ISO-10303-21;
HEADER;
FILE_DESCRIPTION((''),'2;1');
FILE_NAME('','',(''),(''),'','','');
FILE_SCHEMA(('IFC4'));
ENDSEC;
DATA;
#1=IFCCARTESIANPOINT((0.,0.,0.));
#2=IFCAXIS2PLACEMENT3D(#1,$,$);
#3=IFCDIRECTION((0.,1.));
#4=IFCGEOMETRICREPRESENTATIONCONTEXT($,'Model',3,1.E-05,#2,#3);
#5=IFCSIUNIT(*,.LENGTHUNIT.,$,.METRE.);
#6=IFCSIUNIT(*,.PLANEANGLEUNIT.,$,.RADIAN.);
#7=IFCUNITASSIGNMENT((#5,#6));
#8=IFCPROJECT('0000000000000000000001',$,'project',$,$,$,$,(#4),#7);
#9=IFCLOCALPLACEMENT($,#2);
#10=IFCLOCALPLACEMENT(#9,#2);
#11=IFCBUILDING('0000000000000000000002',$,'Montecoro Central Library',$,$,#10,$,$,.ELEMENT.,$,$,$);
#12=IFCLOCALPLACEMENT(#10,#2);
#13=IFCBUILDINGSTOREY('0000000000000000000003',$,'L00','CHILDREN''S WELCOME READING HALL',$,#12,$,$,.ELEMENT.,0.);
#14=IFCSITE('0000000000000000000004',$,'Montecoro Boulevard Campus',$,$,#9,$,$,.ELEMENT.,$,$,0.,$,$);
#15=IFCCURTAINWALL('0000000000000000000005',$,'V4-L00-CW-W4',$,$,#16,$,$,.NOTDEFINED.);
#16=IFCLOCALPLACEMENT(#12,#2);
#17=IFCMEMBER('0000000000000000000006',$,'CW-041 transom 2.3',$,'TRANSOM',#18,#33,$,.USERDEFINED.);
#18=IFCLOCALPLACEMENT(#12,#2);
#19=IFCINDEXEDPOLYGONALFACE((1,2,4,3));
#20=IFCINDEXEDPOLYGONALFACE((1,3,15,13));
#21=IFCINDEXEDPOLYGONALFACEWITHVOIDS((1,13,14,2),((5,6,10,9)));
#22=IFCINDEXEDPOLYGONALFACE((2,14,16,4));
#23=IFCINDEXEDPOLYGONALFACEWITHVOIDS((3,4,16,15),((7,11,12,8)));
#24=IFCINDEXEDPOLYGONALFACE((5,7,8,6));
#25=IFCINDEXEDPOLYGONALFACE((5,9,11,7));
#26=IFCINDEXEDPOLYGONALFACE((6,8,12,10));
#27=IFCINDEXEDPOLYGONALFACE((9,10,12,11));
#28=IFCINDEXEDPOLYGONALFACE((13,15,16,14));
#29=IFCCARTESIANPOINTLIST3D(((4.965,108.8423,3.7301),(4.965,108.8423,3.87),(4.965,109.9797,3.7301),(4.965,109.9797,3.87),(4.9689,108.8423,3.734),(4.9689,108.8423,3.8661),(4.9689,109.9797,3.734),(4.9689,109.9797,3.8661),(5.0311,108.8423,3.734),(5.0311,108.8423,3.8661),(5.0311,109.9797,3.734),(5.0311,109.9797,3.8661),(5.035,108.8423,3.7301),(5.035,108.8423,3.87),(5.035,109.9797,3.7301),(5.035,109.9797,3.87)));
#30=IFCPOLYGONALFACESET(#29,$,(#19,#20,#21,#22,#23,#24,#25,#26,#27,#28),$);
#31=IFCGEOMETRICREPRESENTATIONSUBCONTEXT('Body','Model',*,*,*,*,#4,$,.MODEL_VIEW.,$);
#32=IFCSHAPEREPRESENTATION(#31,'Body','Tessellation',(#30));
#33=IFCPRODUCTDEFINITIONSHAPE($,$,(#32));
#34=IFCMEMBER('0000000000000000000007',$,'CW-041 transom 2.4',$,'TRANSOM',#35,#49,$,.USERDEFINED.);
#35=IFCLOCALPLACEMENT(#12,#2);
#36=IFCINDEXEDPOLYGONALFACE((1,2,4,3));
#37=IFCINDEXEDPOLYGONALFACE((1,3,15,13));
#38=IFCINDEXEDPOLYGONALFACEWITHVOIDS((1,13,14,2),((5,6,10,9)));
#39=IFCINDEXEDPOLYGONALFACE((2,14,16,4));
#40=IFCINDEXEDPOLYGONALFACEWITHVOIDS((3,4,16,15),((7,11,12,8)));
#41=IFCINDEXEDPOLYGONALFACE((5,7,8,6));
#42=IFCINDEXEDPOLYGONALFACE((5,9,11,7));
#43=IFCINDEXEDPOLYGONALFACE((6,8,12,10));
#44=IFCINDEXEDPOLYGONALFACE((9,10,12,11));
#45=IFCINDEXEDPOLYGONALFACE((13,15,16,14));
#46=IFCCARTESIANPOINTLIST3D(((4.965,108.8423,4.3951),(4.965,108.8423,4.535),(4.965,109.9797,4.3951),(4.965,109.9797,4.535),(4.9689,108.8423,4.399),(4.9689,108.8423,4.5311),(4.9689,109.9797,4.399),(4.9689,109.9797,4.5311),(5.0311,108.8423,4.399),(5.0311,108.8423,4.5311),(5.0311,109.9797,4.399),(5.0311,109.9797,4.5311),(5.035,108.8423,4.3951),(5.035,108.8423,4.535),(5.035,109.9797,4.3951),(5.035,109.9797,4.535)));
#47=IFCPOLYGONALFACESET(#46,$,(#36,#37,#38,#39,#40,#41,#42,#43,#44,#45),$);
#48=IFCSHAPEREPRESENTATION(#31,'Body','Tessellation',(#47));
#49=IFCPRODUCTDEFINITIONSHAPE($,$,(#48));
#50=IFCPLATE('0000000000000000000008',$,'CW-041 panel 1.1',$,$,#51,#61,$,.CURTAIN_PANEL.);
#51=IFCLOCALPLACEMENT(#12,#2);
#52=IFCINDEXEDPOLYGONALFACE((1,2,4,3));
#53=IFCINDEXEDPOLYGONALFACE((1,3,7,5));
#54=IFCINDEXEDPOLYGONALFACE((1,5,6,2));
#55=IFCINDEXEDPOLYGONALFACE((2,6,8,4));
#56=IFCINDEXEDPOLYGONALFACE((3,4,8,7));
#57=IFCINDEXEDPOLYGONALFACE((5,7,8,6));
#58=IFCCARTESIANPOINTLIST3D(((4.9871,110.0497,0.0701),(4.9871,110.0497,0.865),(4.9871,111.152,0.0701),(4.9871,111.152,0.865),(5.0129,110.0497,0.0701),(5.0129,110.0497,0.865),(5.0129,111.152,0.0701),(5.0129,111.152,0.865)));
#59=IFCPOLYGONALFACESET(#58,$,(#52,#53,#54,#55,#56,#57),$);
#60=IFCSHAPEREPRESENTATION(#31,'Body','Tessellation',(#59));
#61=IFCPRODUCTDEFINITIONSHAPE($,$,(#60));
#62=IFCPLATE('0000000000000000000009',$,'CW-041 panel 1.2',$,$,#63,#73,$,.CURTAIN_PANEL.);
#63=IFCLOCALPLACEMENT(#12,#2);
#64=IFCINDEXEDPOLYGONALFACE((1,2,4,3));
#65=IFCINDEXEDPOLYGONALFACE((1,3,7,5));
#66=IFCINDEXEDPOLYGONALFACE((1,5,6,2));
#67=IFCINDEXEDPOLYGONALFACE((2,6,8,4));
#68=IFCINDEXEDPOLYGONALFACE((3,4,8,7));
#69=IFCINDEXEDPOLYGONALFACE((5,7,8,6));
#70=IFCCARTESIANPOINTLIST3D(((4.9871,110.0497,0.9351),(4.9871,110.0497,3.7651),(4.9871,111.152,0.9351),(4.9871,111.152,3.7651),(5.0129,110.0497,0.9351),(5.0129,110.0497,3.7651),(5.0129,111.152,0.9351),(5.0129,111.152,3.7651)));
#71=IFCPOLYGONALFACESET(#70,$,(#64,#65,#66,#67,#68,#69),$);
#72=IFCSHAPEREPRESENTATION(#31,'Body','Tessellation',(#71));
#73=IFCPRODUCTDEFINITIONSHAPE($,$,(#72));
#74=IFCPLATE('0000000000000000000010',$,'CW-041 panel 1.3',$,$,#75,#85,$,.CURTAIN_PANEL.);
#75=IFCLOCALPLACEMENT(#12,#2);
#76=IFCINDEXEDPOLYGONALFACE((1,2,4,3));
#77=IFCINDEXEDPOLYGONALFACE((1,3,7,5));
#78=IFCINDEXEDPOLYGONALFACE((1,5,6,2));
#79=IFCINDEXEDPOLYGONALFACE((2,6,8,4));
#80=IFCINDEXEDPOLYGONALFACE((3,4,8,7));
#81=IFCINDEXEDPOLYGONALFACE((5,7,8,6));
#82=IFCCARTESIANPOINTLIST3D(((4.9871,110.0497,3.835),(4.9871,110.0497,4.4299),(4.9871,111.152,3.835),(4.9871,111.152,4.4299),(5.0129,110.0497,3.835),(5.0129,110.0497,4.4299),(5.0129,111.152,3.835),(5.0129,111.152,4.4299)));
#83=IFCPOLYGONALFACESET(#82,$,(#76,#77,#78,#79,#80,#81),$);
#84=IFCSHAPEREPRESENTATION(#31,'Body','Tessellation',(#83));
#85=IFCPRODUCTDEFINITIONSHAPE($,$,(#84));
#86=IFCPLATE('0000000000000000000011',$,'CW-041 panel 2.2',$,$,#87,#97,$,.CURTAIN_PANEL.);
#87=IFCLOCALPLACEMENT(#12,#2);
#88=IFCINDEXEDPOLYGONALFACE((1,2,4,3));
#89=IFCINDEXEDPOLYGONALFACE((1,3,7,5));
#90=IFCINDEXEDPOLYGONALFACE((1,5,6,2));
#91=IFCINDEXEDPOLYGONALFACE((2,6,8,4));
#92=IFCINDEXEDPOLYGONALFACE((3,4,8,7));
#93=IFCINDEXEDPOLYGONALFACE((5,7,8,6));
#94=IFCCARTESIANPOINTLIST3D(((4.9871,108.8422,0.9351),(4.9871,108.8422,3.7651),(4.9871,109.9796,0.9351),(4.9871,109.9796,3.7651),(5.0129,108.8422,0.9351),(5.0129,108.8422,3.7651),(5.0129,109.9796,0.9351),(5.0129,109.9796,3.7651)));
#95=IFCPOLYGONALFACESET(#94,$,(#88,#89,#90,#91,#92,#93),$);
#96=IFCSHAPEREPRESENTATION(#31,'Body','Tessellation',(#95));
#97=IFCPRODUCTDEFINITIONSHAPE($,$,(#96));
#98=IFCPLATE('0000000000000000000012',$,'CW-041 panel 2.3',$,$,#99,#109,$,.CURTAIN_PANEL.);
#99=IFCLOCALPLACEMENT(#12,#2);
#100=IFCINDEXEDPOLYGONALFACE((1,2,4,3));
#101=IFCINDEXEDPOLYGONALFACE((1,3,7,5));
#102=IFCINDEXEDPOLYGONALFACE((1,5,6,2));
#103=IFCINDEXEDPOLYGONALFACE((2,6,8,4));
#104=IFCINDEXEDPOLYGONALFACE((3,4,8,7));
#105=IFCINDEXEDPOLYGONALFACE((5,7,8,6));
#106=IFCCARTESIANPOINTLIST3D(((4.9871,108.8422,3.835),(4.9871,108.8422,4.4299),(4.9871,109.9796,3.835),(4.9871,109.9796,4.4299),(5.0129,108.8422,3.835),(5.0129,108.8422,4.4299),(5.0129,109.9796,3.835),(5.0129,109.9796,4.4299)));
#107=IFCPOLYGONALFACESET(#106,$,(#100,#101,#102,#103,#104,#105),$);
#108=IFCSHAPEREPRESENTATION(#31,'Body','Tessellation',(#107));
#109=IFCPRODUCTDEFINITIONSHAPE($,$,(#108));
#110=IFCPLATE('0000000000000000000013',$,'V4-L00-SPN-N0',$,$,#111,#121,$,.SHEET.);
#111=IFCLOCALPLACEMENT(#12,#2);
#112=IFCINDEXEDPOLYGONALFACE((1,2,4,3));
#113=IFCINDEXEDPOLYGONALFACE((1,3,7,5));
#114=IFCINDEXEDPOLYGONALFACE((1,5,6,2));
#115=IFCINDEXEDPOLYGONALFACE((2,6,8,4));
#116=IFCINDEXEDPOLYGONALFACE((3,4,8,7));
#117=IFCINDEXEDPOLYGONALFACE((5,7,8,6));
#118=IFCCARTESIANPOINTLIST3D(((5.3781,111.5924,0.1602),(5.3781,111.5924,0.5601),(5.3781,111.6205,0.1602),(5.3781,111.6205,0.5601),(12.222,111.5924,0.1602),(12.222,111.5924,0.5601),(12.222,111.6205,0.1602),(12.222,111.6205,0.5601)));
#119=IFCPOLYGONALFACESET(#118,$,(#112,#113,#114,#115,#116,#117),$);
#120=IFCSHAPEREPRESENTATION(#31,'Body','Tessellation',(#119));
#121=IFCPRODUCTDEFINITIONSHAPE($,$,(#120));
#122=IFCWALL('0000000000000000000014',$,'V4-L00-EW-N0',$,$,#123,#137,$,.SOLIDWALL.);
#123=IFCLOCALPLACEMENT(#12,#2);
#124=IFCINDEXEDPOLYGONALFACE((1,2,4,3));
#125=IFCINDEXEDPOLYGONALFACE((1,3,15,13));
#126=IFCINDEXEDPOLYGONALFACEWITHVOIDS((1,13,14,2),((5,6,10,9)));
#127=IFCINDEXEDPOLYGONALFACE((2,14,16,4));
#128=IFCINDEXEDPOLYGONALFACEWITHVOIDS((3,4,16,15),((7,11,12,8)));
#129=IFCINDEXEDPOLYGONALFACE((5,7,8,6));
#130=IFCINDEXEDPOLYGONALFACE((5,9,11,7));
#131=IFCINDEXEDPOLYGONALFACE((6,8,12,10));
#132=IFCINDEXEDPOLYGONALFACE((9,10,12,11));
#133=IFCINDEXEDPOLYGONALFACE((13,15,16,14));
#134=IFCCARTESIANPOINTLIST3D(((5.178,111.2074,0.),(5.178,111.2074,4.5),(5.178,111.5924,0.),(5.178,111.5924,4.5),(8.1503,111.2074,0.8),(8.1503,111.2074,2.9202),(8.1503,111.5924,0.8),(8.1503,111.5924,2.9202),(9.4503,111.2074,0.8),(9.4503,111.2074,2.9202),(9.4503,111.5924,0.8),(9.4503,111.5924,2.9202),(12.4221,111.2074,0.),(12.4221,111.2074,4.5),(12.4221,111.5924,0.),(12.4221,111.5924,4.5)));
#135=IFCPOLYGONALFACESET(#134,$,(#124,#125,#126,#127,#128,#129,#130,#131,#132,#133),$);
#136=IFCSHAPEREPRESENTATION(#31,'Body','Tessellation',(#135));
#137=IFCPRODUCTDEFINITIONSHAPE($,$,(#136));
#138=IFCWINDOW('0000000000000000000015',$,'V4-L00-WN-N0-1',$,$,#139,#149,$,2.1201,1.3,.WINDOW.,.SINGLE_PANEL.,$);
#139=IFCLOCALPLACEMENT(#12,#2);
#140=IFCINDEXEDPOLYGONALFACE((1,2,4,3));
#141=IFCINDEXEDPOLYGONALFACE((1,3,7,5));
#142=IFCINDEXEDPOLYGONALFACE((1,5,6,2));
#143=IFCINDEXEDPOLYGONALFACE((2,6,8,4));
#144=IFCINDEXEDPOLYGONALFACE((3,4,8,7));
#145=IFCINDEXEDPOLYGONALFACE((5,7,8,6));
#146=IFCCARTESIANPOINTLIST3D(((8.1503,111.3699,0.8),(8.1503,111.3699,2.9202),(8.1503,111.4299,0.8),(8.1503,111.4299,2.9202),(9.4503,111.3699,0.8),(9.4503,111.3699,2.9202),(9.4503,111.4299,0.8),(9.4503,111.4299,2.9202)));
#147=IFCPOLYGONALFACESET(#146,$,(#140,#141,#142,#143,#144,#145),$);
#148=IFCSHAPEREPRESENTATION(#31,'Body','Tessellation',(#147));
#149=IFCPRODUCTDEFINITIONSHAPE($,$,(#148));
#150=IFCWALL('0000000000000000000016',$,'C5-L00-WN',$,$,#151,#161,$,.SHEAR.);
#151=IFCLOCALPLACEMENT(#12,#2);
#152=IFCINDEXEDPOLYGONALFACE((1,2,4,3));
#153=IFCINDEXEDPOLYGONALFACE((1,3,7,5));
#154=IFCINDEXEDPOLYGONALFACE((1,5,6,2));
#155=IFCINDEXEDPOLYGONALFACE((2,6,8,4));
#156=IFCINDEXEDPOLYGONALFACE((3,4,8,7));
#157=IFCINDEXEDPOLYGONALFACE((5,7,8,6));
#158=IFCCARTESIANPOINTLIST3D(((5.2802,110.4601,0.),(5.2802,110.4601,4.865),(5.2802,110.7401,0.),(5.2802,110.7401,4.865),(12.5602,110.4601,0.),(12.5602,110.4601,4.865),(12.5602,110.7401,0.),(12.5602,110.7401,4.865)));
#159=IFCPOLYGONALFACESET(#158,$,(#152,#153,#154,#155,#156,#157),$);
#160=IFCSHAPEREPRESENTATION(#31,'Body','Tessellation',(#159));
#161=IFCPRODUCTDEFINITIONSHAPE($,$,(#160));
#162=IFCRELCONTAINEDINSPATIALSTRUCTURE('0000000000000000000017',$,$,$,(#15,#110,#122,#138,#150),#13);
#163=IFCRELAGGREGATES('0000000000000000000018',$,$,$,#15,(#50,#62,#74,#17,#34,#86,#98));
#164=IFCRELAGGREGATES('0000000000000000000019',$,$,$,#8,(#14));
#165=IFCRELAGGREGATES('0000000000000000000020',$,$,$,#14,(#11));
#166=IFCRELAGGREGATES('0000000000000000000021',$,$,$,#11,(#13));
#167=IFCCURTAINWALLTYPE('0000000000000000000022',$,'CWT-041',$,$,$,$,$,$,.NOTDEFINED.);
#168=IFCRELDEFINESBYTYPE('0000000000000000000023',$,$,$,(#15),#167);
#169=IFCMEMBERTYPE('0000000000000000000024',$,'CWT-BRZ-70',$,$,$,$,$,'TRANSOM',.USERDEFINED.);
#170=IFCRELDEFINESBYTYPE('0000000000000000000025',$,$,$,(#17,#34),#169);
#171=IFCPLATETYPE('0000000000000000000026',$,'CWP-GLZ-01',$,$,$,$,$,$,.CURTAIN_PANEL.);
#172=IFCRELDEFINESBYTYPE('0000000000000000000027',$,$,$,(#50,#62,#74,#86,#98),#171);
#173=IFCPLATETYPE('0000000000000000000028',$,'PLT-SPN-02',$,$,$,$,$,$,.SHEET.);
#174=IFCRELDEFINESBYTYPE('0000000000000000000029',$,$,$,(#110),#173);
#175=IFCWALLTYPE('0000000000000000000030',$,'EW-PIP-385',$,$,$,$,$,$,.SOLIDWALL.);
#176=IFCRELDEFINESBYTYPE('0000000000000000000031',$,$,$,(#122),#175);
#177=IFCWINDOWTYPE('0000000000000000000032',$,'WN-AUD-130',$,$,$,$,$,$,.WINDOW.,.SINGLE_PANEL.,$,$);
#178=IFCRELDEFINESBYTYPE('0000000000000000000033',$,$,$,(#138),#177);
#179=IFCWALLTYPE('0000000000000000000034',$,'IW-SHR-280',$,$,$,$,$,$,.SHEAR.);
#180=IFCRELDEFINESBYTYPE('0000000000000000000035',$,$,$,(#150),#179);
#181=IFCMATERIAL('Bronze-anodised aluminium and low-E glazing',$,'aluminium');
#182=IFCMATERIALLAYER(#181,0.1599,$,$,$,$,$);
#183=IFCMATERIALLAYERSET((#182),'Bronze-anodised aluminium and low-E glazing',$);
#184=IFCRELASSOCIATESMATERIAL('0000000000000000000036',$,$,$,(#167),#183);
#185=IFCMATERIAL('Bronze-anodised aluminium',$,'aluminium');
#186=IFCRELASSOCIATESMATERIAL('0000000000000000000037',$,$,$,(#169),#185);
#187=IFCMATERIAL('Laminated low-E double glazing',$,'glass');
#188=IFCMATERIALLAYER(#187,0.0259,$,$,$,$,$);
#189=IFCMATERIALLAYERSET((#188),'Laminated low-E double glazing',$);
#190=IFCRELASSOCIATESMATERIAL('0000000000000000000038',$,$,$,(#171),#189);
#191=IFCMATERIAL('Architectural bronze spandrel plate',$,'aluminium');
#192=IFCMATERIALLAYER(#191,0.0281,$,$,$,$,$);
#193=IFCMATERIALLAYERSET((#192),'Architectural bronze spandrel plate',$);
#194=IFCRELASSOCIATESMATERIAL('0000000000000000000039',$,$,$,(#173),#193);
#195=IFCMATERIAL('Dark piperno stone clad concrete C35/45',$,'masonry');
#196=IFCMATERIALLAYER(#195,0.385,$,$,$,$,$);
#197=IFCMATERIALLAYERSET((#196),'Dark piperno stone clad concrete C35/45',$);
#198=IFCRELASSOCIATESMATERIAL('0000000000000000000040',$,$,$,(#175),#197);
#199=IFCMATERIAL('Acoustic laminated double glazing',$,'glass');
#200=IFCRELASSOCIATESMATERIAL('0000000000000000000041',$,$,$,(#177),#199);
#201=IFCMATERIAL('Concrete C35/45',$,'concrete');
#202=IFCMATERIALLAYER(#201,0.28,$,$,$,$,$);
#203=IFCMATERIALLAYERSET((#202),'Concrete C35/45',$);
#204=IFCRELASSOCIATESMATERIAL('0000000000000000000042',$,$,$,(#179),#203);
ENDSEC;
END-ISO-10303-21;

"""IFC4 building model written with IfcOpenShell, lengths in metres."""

from ifc_helpers import new_model, si_unit, direction, frame, frame_2d, origin, origin_2d, place, context, subcontext, project, spatial, rectangle, hollow_rectangle, extrude, material, layer, layer_set, material_profile, profile_set, type_object, element, fill, aggregate, save


model = new_model("IFC4")

# Units and contexts
model_context = context("Model", 3, precision=1e-05, world=origin(), true_north=direction((0.0, 1.0)))
body_context = subcontext(model_context, "Body", "Model", "MODEL_VIEW")
ifc_project = project(units=[si_unit("LENGTHUNIT", "METRE"), si_unit("PLANEANGLEUNIT", "RADIAN")], contexts=[model_context])

# Site, building, storey
site_placement = place(None, origin())
site = spatial("IfcSite", under=ifc_project, at=site_placement, Name="Montecoro Boulevard Campus", CompositionType="ELEMENT", RefElevation=0.0)
building_placement = place(site_placement, origin())
building = spatial("IfcBuilding", under=site, at=building_placement, Name="Montecoro Central Library", CompositionType="ELEMENT")
storey_placement = place(building_placement, origin())
storey = spatial("IfcBuildingStorey", under=building, at=storey_placement, Name="L00", Description="CHILDREN'S WELCOME READING HALL", CompositionType="ELEMENT", Elevation=0.0)

# Curtain wall, members, plates
ifc_material_1 = material(Name="Bronze-anodised aluminium and low-E glazing", Category="aluminium")
ifc_layer_1 = layer(ifc_material_1, 0.1599)
ifc_layer_set_1 = layer_set([ifc_layer_1], Name="Bronze-anodised aluminium and low-E glazing")
curtain_wall_type = type_object("IfcCurtainWallType", Name="CWT-041", PredefinedType="NOTDEFINED", material=ifc_layer_set_1)
curtain_wall_placement = place(storey_placement, origin())
curtain_wall = element("IfcCurtainWall", 1, at=curtain_wall_placement, inside=storey, type_object=curtain_wall_type, Name="V4-L00-CW-W4", PredefinedType="NOTDEFINED")
ifc_material_2 = material(Name="Bronze-anodised aluminium", Category="aluminium")
ifc_material_profile_1 = material_profile(ifc_material_2, hollow_rectangle(XDim=0.0701, YDim=0.1399, WallThickness=0.0039, at=origin_2d()), Name="CWT 140x70x4.0")
ifc_profile_set_1 = profile_set([ifc_material_profile_1], Name="Bronze-anodised aluminium")
member_type_1 = type_object("IfcMemberType", Name="CWT-BRZ-70", ElementType="TRANSOM", PredefinedType="USERDEFINED", material=ifc_profile_set_1)
member_1_placement = place(storey_placement, frame((5.0, 109.9797, 3.8), z_axis=(0.0, -1.0, 0.0), x_axis=(1.0, 0.0, 0.0)))
member_1 = element("IfcMember", 2, at=member_1_placement, type_object=member_type_1, Name="CW-041 transom 2.3", ObjectType="TRANSOM", PredefinedType="USERDEFINED", context=body_context, shape_type="SweptSolid", body=[
    extrude(hollow_rectangle(XDim=0.0701, YDim=0.1399, WallThickness=0.0039, at=origin_2d()), origin(), (0.0, 0.0, 1.0), 1.1375),
])
member_2_placement = place(storey_placement, frame((5.0, 109.9797, 4.4651), z_axis=(0.0, -1.0, 0.0), x_axis=(1.0, 0.0, 0.0)))
member_2 = element("IfcMember", 3, at=member_2_placement, type_object=member_type_1, Name="CW-041 transom 2.4", ObjectType="TRANSOM", PredefinedType="USERDEFINED", context=body_context, shape_type="SweptSolid", body=[
    extrude(hollow_rectangle(XDim=0.0701, YDim=0.1399, WallThickness=0.0039, at=origin_2d()), origin(), (0.0, 0.0, 1.0), 1.1375),
])
ifc_material_3 = material(Name="Laminated low-E double glazing", Category="glass")
ifc_layer_2 = layer(ifc_material_3, 0.0259)
ifc_layer_set_2 = layer_set([ifc_layer_2], Name="Laminated low-E double glazing")
plate_type_1 = type_object("IfcPlateType", Name="CWP-GLZ-01", PredefinedType="CURTAIN_PANEL", material=ifc_layer_set_2)
plate_1_placement = place(storey_placement, frame((5.0, 110.6008, 0.0701), z_axis=(0.0, 0.0, 1.0), x_axis=(0.0, -1.0, 0.0)))
plate_1 = element("IfcPlate", 4, at=plate_1_placement, type_object=plate_type_1, Name="CW-041 panel 1.1", PredefinedType="CURTAIN_PANEL", context=body_context, shape_type="SweptSolid", body=[
    extrude(rectangle(XDim=1.1023, YDim=0.0259, at=origin_2d()), origin(), (0.0, 0.0, 1.0), 0.7949),
])
plate_2_placement = place(storey_placement, frame((5.0, 110.6008, 0.9351), z_axis=(0.0, 0.0, 1.0), x_axis=(0.0, -1.0, 0.0)))
plate_2 = element("IfcPlate", 5, at=plate_2_placement, type_object=plate_type_1, Name="CW-041 panel 1.2", PredefinedType="CURTAIN_PANEL", context=body_context, shape_type="SweptSolid", body=[
    extrude(rectangle(XDim=1.1023, YDim=0.0259, at=origin_2d()), origin(), (0.0, 0.0, 1.0), 2.8301),
])
plate_3_placement = place(storey_placement, frame((5.0, 110.6008, 3.835), z_axis=(0.0, 0.0, 1.0), x_axis=(0.0, -1.0, 0.0)))
plate_3 = element("IfcPlate", 6, at=plate_3_placement, type_object=plate_type_1, Name="CW-041 panel 1.3", PredefinedType="CURTAIN_PANEL", context=body_context, shape_type="SweptSolid", body=[
    extrude(rectangle(XDim=1.1023, YDim=0.0259, at=origin_2d()), origin(), (0.0, 0.0, 1.0), 0.595),
])
plate_4_placement = place(storey_placement, frame((5.0, 109.4109, 0.9351), z_axis=(0.0, 0.0, 1.0), x_axis=(0.0, -1.0, 0.0)))
plate_4 = element("IfcPlate", 7, at=plate_4_placement, type_object=plate_type_1, Name="CW-041 panel 2.2", PredefinedType="CURTAIN_PANEL", context=body_context, shape_type="SweptSolid", body=[
    extrude(rectangle(XDim=1.1375, YDim=0.0259, at=origin_2d()), origin(), (0.0, 0.0, 1.0), 2.8301),
])
plate_5_placement = place(storey_placement, frame((5.0, 109.4109, 3.835), z_axis=(0.0, 0.0, 1.0), x_axis=(0.0, -1.0, 0.0)))
plate_5 = element("IfcPlate", 8, at=plate_5_placement, type_object=plate_type_1, Name="CW-041 panel 2.3", PredefinedType="CURTAIN_PANEL", context=body_context, shape_type="SweptSolid", body=[
    extrude(rectangle(XDim=1.1375, YDim=0.0259, at=origin_2d()), origin(), (0.0, 0.0, 1.0), 0.595),
])
aggregate(curtain_wall, [plate_1, plate_2, plate_3, member_1, member_2, plate_4, plate_5])

# Plate
ifc_material_4 = material(Name="Architectural bronze spandrel plate", Category="aluminium")
ifc_layer_3 = layer(ifc_material_4, 0.0281)
ifc_layer_set_3 = layer_set([ifc_layer_3], Name="Architectural bronze spandrel plate")
plate_type_2 = type_object("IfcPlateType", Name="PLT-SPN-02", PredefinedType="SHEET", material=ifc_layer_set_3)
plate_6_placement = place(storey_placement, frame((8.8, 111.6064, 0.1602), z_axis=(0.0, 0.0, 1.0), x_axis=(-1.0, 0.0, 0.0)))
element("IfcPlate", 9, at=plate_6_placement, inside=storey, type_object=plate_type_2, Name="V4-L00-SPN-N0", PredefinedType="SHEET", context=body_context, shape_type="SweptSolid", body=[
    extrude(rectangle(XDim=6.844, YDim=0.0281, at=origin_2d()), origin(), (0.0, 0.0, 1.0), 0.3999),
])

# Wall, opening, window
ifc_material_5 = material(Name="Dark piperno stone clad concrete C35/45", Category="masonry")
ifc_layer_4 = layer(ifc_material_5, 0.385)
ifc_layer_set_4 = layer_set([ifc_layer_4], Name="Dark piperno stone clad concrete C35/45")
wall_type_1 = type_object("IfcWallType", Name="EW-PIP-385", PredefinedType="SOLIDWALL", material=ifc_layer_set_4)
wall_1_placement = place(storey_placement, frame((12.4221, 111.3999, 0.0), z_axis=(0.0, 0.0, 1.0), x_axis=(-1.0, 0.0, 0.0)))
wall_1 = element("IfcWall", 10, at=wall_1_placement, inside=storey, type_object=wall_type_1, Name="V4-L00-EW-N0", PredefinedType="SOLIDWALL", context=body_context, shape_type="SweptSolid", body=[
    extrude(rectangle(XDim=7.2441, YDim=0.385, at=frame_2d((3.6221, 0.0))), origin(), (0.0, 0.0, 1.0), 4.5),
])
opening_placement = place(wall_1_placement, frame((2.9719, 0.0, 0.8)))
opening = element("IfcOpeningElement", 11, at=opening_placement, cuts=wall_1, PredefinedType="OPENING", context=body_context, shape_type="SweptSolid", body=[
    extrude(rectangle(XDim=1.3, YDim=2.1201, at=frame_2d((0.6499, 1.0601))), frame((0.0, 0.2024, 0.0), z_axis=(0.0, -1.0, 0.0), x_axis=(1.0, 0.0, 0.0)), (0.0, 0.0, 1.0), 0.405),
])
ifc_material_6 = material(Name="Acoustic laminated double glazing", Category="glass")
window_type = type_object("IfcWindowType", Name="WN-AUD-130", PartitioningType="SINGLE_PANEL", PredefinedType="WINDOW", material=ifc_material_6)
window_placement = place(opening_placement, origin())
window = element("IfcWindow", 12, at=window_placement, inside=storey, type_object=window_type, Name="V4-L00-WN-N0-1", OverallHeight=2.1201, OverallWidth=1.3, PartitioningType="SINGLE_PANEL", PredefinedType="WINDOW", context=body_context, shape_type="SweptSolid", body=[
    extrude(rectangle(XDim=1.3, YDim=2.1201, at=frame_2d((0.6499, 1.0601))), frame((0.0, 0.03, 0.0), z_axis=(0.0, -1.0, 0.0), x_axis=(1.0, 0.0, 0.0)), (0.0, 0.0, 1.0), 0.0601),
])
fill(opening, window)

# Wall
ifc_material_7 = material(Name="Concrete C35/45", Category="concrete")
ifc_layer_5 = layer(ifc_material_7, 0.28)
ifc_layer_set_5 = layer_set([ifc_layer_5], Name="Concrete C35/45")
wall_type_2 = type_object("IfcWallType", Name="IW-SHR-280", PredefinedType="SHEAR", material=ifc_layer_set_5)
wall_2_placement = place(storey_placement, frame((5.28, 110.6001, 0.0), z_axis=(0.0, 0.0, 1.0), x_axis=(1.0, 0.0, 0.0)))
element("IfcWall", 13, at=wall_2_placement, inside=storey, type_object=wall_type_2, Name="C5-L00-WN", PredefinedType="SHEAR", context=body_context, shape_type="SweptSolid", body=[
    extrude(rectangle(XDim=7.28, YDim=0.28, at=frame_2d((3.6401, 0.0))), origin(), (0.0, 0.0, 1.0), 4.865),
])

save(model, "model.ifc")
